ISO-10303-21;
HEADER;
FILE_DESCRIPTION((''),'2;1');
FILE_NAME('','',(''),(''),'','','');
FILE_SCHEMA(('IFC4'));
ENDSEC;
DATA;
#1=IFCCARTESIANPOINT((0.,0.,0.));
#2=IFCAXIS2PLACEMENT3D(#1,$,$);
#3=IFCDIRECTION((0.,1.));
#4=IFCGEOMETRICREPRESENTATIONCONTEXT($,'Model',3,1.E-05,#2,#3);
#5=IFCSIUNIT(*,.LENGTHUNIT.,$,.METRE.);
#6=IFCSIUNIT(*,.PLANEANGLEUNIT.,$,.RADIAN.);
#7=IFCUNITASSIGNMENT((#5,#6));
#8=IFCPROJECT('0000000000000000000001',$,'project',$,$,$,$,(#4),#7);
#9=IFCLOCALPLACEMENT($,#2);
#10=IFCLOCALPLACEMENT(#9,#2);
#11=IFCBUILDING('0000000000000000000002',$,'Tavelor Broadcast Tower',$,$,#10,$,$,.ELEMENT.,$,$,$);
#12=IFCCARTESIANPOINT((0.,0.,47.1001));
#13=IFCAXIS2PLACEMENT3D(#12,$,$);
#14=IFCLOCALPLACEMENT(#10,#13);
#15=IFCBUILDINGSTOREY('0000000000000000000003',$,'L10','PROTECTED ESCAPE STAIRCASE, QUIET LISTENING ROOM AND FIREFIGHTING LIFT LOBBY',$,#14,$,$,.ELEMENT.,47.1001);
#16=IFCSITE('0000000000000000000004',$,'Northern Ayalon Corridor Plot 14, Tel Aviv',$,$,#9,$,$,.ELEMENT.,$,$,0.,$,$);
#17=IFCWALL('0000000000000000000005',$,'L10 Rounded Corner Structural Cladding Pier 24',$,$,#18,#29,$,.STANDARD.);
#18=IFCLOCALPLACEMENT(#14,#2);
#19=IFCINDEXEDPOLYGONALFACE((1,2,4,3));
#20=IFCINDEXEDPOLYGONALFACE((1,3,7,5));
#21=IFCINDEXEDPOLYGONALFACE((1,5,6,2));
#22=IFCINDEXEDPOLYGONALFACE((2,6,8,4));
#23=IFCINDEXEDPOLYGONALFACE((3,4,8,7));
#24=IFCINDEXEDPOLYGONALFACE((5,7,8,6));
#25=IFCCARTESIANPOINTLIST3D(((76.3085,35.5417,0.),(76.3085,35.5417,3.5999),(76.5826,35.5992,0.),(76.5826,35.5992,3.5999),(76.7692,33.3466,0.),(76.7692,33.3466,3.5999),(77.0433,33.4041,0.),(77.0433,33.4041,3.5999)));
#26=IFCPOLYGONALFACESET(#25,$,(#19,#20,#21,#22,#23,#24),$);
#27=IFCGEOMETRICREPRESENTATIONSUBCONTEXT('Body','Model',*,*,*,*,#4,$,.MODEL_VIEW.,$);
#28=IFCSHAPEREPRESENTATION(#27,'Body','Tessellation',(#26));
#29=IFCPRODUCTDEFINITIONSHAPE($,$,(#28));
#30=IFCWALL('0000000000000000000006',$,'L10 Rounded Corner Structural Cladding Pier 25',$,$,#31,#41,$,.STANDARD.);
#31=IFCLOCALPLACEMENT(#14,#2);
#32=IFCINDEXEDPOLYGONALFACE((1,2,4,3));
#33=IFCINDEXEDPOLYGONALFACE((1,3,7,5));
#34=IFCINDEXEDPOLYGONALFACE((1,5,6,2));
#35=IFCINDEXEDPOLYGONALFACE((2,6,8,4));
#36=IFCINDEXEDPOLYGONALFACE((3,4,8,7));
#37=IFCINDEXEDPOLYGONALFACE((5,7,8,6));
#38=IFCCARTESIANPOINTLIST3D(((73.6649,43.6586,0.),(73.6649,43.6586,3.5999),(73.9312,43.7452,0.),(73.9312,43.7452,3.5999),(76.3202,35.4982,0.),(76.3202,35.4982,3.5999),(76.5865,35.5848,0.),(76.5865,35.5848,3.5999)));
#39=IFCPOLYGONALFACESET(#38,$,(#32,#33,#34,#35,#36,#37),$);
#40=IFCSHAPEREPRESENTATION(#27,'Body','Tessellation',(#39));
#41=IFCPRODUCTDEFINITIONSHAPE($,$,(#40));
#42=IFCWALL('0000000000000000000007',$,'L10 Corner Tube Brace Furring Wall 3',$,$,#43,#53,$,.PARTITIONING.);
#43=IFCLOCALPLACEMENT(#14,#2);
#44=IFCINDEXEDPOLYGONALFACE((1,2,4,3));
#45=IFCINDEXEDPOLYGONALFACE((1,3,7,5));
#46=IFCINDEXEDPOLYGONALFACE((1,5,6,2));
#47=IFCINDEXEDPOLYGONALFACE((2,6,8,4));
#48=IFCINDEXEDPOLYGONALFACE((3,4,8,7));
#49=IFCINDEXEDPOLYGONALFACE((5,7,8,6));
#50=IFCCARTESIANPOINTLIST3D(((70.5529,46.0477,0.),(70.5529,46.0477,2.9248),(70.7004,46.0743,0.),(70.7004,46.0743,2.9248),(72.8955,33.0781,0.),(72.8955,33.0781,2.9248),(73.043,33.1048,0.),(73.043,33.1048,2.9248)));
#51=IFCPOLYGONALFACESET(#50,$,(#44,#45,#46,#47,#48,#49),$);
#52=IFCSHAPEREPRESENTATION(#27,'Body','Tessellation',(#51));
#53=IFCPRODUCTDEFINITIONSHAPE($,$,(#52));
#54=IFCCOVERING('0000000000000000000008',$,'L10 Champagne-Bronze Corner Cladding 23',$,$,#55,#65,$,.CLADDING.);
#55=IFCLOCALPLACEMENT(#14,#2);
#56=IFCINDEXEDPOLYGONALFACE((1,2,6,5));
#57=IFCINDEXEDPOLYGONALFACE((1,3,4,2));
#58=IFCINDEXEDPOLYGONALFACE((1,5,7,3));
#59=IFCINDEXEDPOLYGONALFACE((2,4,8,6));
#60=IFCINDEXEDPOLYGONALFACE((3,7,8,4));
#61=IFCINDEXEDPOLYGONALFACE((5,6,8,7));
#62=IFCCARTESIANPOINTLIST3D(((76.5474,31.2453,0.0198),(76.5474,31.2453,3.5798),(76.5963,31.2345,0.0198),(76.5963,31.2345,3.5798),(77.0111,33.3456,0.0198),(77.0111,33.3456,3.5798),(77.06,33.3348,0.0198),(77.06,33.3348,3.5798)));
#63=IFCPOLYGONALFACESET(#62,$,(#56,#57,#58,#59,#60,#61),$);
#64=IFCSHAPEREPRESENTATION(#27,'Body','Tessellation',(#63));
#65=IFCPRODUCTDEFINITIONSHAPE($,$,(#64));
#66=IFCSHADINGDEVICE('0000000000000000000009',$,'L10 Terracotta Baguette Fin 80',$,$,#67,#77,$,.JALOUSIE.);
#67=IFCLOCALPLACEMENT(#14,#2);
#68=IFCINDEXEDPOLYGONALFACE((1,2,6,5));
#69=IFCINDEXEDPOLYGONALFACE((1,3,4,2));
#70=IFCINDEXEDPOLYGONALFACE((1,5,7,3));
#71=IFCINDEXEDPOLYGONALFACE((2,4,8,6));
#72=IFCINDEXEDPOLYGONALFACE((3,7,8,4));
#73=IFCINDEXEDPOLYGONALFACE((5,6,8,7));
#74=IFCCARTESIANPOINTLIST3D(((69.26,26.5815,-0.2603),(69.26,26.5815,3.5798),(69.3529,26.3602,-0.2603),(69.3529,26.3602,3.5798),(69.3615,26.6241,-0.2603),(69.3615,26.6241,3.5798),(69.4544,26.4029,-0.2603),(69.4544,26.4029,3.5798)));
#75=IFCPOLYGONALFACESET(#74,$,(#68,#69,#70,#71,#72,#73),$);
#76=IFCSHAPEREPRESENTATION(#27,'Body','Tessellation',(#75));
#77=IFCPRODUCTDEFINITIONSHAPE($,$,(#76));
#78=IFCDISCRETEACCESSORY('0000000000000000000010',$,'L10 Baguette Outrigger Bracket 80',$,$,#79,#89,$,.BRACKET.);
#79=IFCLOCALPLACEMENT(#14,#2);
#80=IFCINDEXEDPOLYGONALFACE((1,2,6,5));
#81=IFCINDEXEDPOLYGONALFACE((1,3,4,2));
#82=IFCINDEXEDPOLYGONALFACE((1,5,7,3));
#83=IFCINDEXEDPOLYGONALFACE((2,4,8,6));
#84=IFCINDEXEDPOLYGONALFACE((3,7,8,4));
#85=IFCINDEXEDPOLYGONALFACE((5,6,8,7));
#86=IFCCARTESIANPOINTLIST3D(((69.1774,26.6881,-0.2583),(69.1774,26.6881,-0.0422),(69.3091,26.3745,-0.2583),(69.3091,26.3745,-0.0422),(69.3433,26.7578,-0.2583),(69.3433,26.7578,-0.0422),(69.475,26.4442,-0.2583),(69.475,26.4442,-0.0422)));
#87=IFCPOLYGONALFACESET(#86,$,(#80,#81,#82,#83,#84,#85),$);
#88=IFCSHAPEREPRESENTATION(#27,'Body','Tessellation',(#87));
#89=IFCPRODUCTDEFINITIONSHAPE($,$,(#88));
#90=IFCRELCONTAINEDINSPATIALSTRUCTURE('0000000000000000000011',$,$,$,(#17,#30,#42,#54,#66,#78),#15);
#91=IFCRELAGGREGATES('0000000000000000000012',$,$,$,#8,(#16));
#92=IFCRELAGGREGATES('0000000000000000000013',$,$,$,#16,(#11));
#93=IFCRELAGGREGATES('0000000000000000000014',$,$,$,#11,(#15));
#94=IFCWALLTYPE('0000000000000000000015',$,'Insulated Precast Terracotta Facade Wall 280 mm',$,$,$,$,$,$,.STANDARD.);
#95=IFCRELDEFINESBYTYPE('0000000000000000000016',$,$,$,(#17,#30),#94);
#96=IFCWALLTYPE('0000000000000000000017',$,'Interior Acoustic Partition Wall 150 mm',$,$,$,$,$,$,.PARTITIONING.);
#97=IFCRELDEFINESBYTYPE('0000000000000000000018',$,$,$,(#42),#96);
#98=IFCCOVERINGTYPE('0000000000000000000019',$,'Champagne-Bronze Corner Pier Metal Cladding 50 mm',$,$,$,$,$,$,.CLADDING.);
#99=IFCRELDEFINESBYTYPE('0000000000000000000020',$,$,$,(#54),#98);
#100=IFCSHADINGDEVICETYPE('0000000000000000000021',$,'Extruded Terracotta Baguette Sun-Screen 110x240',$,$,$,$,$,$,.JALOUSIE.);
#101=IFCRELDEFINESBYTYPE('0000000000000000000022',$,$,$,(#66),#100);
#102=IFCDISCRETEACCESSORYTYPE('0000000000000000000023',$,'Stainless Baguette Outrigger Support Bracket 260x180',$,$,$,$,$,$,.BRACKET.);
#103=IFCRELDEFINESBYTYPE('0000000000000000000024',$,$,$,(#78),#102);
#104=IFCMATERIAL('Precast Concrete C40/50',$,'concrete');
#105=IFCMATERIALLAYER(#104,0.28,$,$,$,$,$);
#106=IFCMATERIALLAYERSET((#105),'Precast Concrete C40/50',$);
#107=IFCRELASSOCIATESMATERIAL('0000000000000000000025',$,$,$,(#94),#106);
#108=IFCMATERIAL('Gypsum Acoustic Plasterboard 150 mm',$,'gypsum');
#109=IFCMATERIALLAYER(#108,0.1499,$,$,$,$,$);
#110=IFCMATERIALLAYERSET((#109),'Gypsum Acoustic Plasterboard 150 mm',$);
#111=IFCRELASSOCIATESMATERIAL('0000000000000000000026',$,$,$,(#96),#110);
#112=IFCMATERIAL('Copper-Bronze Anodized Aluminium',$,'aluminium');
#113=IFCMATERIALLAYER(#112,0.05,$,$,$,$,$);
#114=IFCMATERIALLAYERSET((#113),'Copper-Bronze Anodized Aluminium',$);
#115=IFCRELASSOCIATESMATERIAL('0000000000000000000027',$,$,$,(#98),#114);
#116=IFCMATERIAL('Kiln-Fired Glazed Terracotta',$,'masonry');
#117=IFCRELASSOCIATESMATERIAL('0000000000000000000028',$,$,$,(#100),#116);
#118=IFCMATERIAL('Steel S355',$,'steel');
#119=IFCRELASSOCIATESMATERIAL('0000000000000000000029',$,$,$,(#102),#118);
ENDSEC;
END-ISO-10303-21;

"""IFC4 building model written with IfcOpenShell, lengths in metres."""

from ifc_helpers import new_model, si_unit, direction, frame, frame_2d, origin, origin_2d, place, context, subcontext, project, spatial, rectangle, extrude, source, transform, mapped, material, layer, layer_set, type_object, type_shapes, element, save


model = new_model("IFC4")

# Units and contexts
model_context = context("Model", 3, precision=1e-05, world=origin(), true_north=direction((0.0, 1.0)))
body_context = subcontext(model_context, "Body", "Model", "MODEL_VIEW")
ifc_project = project(units=[si_unit("LENGTHUNIT", "METRE"), si_unit("PLANEANGLEUNIT", "RADIAN")], contexts=[model_context])

# Site, building, storey
site_placement = place(None, origin())
site = spatial("IfcSite", under=ifc_project, at=site_placement, Name="Northern Ayalon Corridor Plot 14, Tel Aviv", CompositionType="ELEMENT", RefElevation=0.0)
building_placement = place(site_placement, origin())
building = spatial("IfcBuilding", under=site, at=building_placement, Name="Tavelor Broadcast Tower", CompositionType="ELEMENT")
storey_placement = place(building_placement, frame((0.0, 0.0, 47.1001)))
storey = spatial("IfcBuildingStorey", under=building, at=storey_placement, Name="L10", Description="PROTECTED ESCAPE STAIRCASE, QUIET LISTENING ROOM AND FIREFIGHTING LIFT LOBBY", CompositionType="ELEMENT", Elevation=47.1001)

# Shared definitions
ifc_material_1 = material(Name="Steel S355", Category="steel")

# Walls
ifc_material_2 = material(Name="Precast Concrete C40/50", Category="concrete")
ifc_layer_1 = layer(ifc_material_2, 0.28)
ifc_layer_set_1 = layer_set([ifc_layer_1], Name="Precast Concrete C40/50")
wall_type_1 = type_object("IfcWallType", Name="Insulated Precast Terracotta Facade Wall 280 mm", PredefinedType="STANDARD", material=ifc_layer_set_1)
wall_1_placement = place(storey_placement, frame((76.9062, 33.3752, 0.0), z_axis=(0.0, 0.0, 1.0), x_axis=(-0.205402, 0.978678, 0.0)))
element("IfcWall", 1, at=wall_1_placement, inside=storey, type_object=wall_type_1, Name="L10 Rounded Corner Structural Cladding Pier 24", PredefinedType="STANDARD", context=body_context, shape_type="SweptSolid", body=[
    extrude(rectangle(XDim=2.2429, YDim=0.28, at=frame_2d((1.1216, 0.0))), origin(), (0.0, 0.0, 1.0), 3.5999),
])
wall_2_placement = place(storey_placement, frame((76.4534, 35.5415, 0.0), z_axis=(0.0, 0.0, 1.0), x_axis=(-0.309417, 0.950926, 0.0)))
element("IfcWall", 2, at=wall_2_placement, inside=storey, type_object=wall_type_1, Name="L10 Rounded Corner Structural Cladding Pier 25", PredefinedType="STANDARD", context=body_context, shape_type="SweptSolid", body=[
    extrude(rectangle(XDim=8.5815, YDim=0.28, at=frame_2d((4.2908, 0.0))), origin(), (0.0, 0.0, 1.0), 3.5999),
])
ifc_material_3 = material(Name="Gypsum Acoustic Plasterboard 150 mm", Category="gypsum")
ifc_layer_2 = layer(ifc_material_3, 0.1499)
ifc_layer_set_2 = layer_set([ifc_layer_2], Name="Gypsum Acoustic Plasterboard 150 mm")
wall_type_2 = type_object("IfcWallType", Name="Interior Acoustic Partition Wall 150 mm", PredefinedType="PARTITIONING", material=ifc_layer_set_2)
wall_3_placement = place(storey_placement, frame((72.9692, 33.0913, 0.0), z_axis=(0.0, 0.0, 1.0), x_axis=(-0.177743, 0.984077, 0.0)))
element("IfcWall", 3, at=wall_3_placement, inside=storey, type_object=wall_type_2, Name="L10 Corner Tube Brace Furring Wall 3", PredefinedType="PARTITIONING", context=body_context, shape_type="SweptSolid", body=[
    extrude(rectangle(XDim=13.1794, YDim=0.1499, at=frame_2d((6.5898, 0.0))), origin(), (0.0, 0.0, 1.0), 2.9248),
])

# Covering
ifc_material_4 = material(Name="Copper-Bronze Anodized Aluminium", Category="aluminium")
ifc_layer_3 = layer(ifc_material_4, 0.05)
ifc_layer_set_3 = layer_set([ifc_layer_3], Name="Copper-Bronze Anodized Aluminium")
covering_type = type_object("IfcCoveringType", Name="Champagne-Bronze Corner Pier Metal Cladding 50 mm", PredefinedType="CLADDING", material=ifc_layer_set_3)
covering_placement = place(storey_placement, frame((76.8037, 32.29, 0.0198), z_axis=(0.0, 0.0, 1.0), x_axis=(0.215588, 0.976485, 0.0)))
element("IfcCovering", 4, at=covering_placement, inside=storey, type_object=covering_type, Name="L10 Champagne-Bronze Corner Cladding 23", PredefinedType="CLADDING", context=body_context, shape_type="SweptSolid", body=[
    extrude(rectangle(XDim=2.1509, YDim=0.05, at=origin_2d()), origin(), (0.0, 0.0, 1.0), 3.5601),
])

# Shading device
ifc_material_5 = material(Name="Kiln-Fired Glazed Terracotta", Category="masonry")
shading_device_type = type_object("IfcShadingDeviceType", Name="Extruded Terracotta Baguette Sun-Screen 110x240", PredefinedType="JALOUSIE", material=ifc_material_5)
shared_shape_1 = source(origin(), body_context, "Body", "SweptSolid", [
    extrude(rectangle(XDim=0.1101, YDim=0.24, at=origin_2d()), origin(), (0.0, 0.0, 1.0), 3.8401),
])
type_shapes(shading_device_type, [shared_shape_1])
shading_device_placement = place(storey_placement, frame((69.3572, 26.4922, -0.2603), z_axis=(0.0, 0.0, 1.0), x_axis=(0.921998, 0.387194, 0.0)))
element("IfcShadingDevice", 5, at=shading_device_placement, inside=storey, type_object=shading_device_type, Name="L10 Terracotta Baguette Fin 80", PredefinedType="JALOUSIE", context=body_context, shape_type="MappedRepresentation", body=[
    mapped(shared_shape_1, transform((0.0, 0.0, 0.0), scale=1.0)),
])

# Discrete accessory
discrete_accessory_type = type_object("IfcDiscreteAccessoryType", Name="Stainless Baguette Outrigger Support Bracket 260x180", PredefinedType="BRACKET", material=ifc_material_1)
shared_shape_2 = source(origin(), body_context, "Body", "SweptSolid", [
    extrude(rectangle(XDim=0.1799, YDim=0.3401, at=origin_2d()), origin(), (0.0, 0.0, 1.0), 0.2161),
])
type_shapes(discrete_accessory_type, [shared_shape_2])
discrete_accessory_placement = place(storey_placement, frame((69.3262, 26.5662, -0.2583), z_axis=(0.0, 0.0, 1.0), x_axis=(0.921998, 0.387194, 0.0)))
element("IfcDiscreteAccessory", 6, at=discrete_accessory_placement, inside=storey, type_object=discrete_accessory_type, Name="L10 Baguette Outrigger Bracket 80", PredefinedType="BRACKET", context=body_context, shape_type="MappedRepresentation", body=[
    mapped(shared_shape_2, transform((0.0, 0.0, 0.0), scale=1.0)),
])

save(model, "model.ifc")
